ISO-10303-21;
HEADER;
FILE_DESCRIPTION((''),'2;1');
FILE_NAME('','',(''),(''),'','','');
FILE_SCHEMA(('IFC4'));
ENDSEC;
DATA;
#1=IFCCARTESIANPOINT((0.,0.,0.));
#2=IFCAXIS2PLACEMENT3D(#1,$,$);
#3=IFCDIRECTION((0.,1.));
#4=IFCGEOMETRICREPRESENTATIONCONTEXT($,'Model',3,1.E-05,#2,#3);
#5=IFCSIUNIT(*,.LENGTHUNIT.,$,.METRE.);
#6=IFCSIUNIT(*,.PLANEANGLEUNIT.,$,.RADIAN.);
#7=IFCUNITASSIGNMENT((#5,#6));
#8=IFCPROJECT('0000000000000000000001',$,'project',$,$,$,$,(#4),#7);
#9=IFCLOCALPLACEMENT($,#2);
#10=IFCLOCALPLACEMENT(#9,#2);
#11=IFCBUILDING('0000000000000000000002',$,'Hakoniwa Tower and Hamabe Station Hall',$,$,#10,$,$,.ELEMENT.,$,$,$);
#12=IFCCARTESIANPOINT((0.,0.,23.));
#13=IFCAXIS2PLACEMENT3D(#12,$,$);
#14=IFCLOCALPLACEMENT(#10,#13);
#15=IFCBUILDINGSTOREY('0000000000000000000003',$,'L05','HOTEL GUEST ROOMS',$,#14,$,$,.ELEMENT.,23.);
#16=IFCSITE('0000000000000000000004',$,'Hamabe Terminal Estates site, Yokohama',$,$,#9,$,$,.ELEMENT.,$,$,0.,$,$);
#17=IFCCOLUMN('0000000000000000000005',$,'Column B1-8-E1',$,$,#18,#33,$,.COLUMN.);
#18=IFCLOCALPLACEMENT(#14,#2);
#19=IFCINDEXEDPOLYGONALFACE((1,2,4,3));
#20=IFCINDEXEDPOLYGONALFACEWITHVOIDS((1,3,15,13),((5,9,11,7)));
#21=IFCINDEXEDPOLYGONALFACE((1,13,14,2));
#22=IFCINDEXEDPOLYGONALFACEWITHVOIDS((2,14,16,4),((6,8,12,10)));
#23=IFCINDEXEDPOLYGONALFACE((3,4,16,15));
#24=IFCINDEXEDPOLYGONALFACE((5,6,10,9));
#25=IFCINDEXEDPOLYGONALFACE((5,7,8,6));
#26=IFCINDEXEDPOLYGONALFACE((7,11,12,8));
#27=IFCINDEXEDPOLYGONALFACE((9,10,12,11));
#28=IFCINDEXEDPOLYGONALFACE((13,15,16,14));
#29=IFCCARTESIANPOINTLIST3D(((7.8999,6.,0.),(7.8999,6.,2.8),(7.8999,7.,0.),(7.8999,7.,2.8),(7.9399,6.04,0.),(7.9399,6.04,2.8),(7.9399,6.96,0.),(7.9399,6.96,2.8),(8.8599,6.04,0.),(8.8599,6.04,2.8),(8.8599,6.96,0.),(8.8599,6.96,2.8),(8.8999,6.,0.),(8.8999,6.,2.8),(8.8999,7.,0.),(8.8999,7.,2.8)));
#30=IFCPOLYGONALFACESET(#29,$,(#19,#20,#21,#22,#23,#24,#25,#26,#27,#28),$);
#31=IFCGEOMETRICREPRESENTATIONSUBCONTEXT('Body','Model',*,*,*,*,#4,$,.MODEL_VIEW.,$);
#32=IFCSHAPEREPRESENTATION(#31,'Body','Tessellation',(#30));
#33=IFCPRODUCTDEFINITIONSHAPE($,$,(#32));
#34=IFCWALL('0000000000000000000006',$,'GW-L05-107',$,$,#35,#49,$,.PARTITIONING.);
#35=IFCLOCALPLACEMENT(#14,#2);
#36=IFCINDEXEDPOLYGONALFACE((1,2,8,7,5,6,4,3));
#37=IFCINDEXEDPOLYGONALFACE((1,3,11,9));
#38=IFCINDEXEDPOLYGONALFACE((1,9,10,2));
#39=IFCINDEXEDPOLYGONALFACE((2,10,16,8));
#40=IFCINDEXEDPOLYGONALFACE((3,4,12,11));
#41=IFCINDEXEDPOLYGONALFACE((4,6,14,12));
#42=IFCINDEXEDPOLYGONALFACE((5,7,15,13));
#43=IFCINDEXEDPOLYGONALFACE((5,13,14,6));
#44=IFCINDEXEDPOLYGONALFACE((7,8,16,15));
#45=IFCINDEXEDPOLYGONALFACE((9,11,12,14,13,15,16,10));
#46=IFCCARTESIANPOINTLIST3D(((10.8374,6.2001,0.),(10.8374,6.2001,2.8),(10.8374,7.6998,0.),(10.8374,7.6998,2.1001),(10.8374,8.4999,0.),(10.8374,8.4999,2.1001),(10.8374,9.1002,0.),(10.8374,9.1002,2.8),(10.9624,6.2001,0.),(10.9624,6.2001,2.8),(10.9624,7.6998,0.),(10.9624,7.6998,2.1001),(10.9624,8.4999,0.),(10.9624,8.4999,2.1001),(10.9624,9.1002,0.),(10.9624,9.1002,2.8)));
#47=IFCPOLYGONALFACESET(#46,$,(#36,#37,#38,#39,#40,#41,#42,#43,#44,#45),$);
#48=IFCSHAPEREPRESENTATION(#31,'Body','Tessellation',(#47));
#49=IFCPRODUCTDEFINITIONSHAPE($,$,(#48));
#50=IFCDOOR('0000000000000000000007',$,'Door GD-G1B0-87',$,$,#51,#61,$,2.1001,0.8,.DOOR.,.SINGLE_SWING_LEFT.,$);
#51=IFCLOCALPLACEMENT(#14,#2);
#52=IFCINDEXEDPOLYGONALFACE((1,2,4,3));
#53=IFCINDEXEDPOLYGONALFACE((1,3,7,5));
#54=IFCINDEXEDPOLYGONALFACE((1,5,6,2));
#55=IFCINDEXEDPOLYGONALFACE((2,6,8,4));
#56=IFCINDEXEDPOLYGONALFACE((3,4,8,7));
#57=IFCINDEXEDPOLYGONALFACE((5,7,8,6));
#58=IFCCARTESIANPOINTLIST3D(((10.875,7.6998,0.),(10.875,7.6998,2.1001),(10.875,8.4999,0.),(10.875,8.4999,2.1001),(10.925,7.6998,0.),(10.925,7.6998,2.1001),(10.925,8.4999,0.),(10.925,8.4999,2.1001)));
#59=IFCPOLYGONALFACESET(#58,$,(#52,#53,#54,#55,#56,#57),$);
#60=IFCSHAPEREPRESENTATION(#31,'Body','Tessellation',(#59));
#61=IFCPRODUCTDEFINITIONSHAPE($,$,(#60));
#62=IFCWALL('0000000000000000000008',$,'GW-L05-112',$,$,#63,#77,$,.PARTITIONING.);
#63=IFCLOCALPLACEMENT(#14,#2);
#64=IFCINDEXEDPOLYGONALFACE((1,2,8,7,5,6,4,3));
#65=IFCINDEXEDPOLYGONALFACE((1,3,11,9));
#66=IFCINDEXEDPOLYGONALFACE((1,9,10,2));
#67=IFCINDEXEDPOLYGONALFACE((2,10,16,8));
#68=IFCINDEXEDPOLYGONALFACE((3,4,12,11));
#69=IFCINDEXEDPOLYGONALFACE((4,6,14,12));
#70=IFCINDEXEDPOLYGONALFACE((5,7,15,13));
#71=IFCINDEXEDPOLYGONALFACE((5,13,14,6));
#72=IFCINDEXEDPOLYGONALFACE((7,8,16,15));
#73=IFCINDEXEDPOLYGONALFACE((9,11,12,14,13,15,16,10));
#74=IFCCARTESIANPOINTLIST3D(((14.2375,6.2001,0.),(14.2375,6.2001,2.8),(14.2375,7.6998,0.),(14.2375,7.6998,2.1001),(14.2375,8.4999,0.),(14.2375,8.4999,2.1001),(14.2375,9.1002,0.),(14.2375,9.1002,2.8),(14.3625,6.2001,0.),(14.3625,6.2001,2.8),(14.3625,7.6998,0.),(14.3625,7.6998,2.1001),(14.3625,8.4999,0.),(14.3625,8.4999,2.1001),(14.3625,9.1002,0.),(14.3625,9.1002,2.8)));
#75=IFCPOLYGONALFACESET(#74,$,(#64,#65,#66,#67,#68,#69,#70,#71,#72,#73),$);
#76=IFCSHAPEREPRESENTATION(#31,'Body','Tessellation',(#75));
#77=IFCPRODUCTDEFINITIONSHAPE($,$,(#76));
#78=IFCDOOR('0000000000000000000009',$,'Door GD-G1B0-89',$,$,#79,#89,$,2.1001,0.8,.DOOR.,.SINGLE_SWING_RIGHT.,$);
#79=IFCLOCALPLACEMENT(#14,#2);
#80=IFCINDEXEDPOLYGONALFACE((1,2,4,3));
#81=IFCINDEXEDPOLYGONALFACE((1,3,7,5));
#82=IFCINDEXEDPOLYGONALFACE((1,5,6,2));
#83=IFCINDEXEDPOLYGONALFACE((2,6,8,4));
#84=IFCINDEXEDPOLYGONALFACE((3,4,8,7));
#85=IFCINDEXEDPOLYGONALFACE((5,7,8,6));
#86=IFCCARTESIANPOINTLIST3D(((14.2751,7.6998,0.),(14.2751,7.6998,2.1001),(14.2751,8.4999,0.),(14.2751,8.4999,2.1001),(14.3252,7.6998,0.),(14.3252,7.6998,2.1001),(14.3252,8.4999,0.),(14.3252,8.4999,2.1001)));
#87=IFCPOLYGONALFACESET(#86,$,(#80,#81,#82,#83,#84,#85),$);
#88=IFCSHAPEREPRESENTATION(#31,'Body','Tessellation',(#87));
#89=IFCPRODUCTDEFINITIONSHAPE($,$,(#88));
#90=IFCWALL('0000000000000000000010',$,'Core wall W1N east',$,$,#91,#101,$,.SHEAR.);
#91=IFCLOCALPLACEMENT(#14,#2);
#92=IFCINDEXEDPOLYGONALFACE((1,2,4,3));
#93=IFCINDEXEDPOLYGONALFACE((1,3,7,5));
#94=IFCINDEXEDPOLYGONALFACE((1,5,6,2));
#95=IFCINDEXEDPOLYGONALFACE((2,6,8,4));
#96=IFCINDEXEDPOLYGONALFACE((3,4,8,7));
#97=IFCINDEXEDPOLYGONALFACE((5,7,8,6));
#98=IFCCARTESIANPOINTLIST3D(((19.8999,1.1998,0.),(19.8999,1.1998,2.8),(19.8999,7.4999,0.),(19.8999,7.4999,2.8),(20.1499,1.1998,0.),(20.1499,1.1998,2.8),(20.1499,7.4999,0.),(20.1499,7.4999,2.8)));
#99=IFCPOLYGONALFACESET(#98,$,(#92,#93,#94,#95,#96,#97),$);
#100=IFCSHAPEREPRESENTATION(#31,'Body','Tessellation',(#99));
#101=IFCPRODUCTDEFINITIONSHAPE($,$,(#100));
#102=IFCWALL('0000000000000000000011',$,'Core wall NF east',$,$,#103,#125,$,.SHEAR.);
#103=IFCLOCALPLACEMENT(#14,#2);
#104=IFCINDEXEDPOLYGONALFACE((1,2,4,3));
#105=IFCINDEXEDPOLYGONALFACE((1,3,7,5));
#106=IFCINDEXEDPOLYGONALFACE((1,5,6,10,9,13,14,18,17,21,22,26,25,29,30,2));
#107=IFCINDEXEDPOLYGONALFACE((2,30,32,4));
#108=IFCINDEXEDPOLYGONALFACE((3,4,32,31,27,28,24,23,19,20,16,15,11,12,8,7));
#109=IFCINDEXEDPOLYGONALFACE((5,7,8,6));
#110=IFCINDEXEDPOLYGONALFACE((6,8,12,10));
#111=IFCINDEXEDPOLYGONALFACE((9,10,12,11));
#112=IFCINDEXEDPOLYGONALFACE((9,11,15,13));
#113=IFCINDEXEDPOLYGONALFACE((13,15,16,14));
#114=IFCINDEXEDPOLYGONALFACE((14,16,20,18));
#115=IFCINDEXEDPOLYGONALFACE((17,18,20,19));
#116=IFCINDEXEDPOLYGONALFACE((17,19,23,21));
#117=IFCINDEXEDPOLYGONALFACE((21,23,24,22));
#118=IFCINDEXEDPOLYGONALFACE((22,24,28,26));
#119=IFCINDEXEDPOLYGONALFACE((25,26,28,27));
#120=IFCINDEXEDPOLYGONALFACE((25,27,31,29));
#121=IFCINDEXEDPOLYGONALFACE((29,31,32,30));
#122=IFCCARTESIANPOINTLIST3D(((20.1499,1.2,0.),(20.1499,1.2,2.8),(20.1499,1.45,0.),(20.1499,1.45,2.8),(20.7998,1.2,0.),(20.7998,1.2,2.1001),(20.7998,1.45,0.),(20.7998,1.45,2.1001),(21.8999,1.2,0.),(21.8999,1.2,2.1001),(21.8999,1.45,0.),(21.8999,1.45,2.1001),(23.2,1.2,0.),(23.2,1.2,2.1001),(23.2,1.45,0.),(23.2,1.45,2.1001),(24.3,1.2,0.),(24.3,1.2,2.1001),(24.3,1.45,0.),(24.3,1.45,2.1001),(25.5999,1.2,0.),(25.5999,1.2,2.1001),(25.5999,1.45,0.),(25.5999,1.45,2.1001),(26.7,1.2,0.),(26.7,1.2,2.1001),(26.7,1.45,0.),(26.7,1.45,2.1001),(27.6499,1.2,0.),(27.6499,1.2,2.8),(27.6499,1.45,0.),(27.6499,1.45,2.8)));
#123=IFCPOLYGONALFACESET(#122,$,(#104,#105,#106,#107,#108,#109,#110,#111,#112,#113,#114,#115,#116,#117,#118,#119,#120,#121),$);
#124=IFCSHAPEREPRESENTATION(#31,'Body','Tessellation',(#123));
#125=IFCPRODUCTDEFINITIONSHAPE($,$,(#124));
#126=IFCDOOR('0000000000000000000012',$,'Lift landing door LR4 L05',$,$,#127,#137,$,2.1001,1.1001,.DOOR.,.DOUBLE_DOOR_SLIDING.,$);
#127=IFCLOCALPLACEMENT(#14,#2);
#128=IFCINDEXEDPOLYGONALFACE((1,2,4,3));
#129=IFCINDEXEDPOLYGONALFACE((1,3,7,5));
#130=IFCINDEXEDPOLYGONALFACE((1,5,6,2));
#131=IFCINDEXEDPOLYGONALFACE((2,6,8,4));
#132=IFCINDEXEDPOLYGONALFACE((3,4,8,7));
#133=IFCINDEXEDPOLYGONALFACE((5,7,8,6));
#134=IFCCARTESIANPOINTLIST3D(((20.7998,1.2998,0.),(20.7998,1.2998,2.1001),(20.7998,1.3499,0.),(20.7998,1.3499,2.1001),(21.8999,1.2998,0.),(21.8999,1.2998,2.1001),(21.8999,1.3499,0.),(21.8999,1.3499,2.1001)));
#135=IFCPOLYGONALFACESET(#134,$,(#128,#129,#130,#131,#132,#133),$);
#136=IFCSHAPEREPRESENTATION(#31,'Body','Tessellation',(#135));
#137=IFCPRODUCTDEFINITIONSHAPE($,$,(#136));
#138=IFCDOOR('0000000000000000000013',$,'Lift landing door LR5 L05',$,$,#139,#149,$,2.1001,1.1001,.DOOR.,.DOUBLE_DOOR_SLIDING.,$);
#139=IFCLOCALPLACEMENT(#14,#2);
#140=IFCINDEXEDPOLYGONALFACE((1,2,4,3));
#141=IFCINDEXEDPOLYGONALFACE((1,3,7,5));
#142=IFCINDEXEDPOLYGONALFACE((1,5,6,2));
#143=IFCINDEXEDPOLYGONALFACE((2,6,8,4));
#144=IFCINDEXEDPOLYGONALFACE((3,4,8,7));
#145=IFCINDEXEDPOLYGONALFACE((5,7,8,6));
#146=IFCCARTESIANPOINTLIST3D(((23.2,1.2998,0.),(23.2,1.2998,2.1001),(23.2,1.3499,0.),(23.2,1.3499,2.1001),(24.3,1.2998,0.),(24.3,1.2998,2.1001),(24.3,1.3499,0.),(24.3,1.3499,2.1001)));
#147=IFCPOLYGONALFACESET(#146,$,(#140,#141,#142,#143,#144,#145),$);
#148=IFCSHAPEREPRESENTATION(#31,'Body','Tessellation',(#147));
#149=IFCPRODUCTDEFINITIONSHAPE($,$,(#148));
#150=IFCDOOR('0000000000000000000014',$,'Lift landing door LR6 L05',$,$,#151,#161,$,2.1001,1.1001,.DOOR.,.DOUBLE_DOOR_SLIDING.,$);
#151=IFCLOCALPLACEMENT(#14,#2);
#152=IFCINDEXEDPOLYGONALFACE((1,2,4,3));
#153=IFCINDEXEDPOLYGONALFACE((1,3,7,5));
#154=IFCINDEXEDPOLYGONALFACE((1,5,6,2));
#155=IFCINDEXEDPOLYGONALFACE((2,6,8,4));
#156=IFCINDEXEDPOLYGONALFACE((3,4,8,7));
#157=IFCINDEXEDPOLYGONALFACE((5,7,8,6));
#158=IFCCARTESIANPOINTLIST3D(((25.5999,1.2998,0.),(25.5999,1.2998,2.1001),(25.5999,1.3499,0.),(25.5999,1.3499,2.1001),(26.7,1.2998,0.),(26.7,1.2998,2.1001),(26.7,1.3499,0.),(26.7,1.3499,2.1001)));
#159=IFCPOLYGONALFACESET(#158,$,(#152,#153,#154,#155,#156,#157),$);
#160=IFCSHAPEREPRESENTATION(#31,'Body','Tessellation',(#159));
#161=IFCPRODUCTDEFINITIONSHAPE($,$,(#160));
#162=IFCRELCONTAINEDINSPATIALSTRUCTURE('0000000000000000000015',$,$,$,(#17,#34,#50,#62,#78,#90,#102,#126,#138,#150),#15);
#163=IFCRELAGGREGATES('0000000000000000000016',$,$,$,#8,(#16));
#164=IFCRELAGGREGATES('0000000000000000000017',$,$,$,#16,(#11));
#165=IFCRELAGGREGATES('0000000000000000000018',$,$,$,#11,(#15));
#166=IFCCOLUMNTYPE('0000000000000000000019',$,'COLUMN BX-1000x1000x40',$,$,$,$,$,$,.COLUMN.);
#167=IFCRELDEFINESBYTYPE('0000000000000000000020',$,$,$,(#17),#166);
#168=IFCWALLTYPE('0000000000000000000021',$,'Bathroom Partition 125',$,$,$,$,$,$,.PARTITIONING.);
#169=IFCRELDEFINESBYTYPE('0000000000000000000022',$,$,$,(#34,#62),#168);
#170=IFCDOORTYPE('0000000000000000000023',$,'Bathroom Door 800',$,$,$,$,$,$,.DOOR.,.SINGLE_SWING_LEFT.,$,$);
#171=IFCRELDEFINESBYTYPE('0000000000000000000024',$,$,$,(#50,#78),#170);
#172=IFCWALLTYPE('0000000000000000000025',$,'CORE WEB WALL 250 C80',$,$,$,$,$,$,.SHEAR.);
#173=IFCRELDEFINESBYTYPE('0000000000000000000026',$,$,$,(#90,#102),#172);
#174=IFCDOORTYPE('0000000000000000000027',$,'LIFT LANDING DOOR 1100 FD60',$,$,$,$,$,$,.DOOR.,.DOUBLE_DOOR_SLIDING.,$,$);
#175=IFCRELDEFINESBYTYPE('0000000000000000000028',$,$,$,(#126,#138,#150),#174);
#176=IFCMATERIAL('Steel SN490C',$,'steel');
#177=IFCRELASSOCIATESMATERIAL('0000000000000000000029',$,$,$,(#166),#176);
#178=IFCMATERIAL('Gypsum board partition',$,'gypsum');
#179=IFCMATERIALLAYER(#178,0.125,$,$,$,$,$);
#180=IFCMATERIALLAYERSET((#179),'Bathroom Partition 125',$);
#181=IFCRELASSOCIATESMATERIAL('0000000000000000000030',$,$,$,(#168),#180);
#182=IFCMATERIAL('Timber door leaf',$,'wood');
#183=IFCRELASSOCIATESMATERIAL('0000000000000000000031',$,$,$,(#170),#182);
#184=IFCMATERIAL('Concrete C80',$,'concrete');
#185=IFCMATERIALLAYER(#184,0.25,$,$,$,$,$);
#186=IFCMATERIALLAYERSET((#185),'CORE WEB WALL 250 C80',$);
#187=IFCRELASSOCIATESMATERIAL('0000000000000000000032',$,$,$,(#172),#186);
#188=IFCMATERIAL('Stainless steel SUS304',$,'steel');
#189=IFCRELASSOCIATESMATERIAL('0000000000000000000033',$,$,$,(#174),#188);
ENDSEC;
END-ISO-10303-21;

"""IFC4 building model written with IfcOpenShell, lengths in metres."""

from ifc_helpers import new_model, si_unit, direction, frame, frame_2d, origin, origin_2d, place, context, subcontext, project, spatial, rectangle, hollow_rectangle, extrude, material, layer, layer_set, material_profile, profile_set, type_object, element, fill, save


model = new_model("IFC4")

# Units and contexts
model_context = context("Model", 3, precision=1e-05, world=origin(), true_north=direction((0.0, 1.0)))
body_context = subcontext(model_context, "Body", "Model", "MODEL_VIEW")
ifc_project = project(units=[si_unit("LENGTHUNIT", "METRE"), si_unit("PLANEANGLEUNIT", "RADIAN")], contexts=[model_context])

# Site, building, storey
site_placement = place(None, origin())
site = spatial("IfcSite", under=ifc_project, at=site_placement, Name="Hamabe Terminal Estates site, Yokohama", CompositionType="ELEMENT", RefElevation=0.0)
building_placement = place(site_placement, origin())
building = spatial("IfcBuilding", under=site, at=building_placement, Name="Hakoniwa Tower and Hamabe Station Hall", CompositionType="ELEMENT")
storey_placement = place(building_placement, frame((0.0, 0.0, 23.0)))
storey = spatial("IfcBuildingStorey", under=building, at=storey_placement, Name="L05", Description="HOTEL GUEST ROOMS", CompositionType="ELEMENT", Elevation=23.0)

# Column
ifc_material_1 = material(Name="Steel SN490C", Category="steel")
ifc_material_profile = material_profile(ifc_material_1, hollow_rectangle(XDim=1.0, YDim=1.0, WallThickness=0.04, at=origin_2d()), Name="BX-1000x1000x40")
ifc_profile_set = profile_set([ifc_material_profile], Name="Steel SN490C")
column_type = type_object("IfcColumnType", Name="COLUMN BX-1000x1000x40", PredefinedType="COLUMN", material=ifc_profile_set)
column_placement = place(storey_placement, frame((8.3999, 6.5, 0.0), z_axis=(0.0, 0.0, 1.0), x_axis=(1.0, 0.0, 0.0)))
element("IfcColumn", 1, at=column_placement, inside=storey, type_object=column_type, Name="Column B1-8-E1", PredefinedType="COLUMN", context=body_context, shape_type="SweptSolid", body=[
    extrude(hollow_rectangle(XDim=1.0, YDim=1.0, WallThickness=0.04, at=origin_2d()), origin(), (0.0, 0.0, 1.0), 2.8),
])

# Walls, openings, doors
ifc_material_2 = material(Name="Gypsum board partition", Category="gypsum")
ifc_layer_1 = layer(ifc_material_2, 0.125)
ifc_layer_set_1 = layer_set([ifc_layer_1], Name="Bathroom Partition 125")
wall_type_1 = type_object("IfcWallType", Name="Bathroom Partition 125", PredefinedType="PARTITIONING", material=ifc_layer_set_1)
wall_1_placement = place(storey_placement, frame((10.8999, 6.2, 0.0), z_axis=(0.0, 0.0, 1.0), x_axis=(0.0, 1.0, 0.0)))
wall_1 = element("IfcWall", 2, at=wall_1_placement, inside=storey, type_object=wall_type_1, Name="GW-L05-107", PredefinedType="PARTITIONING", context=body_context, shape_type="SweptSolid", body=[
    extrude(rectangle(XDim=2.9001, YDim=0.125, at=frame_2d((1.4502, 0.0))), origin(), (0.0, 0.0, 1.0), 2.8),
])
opening_1_placement = place(wall_1_placement, frame((1.5, 0.0, 0.0)))
opening_1 = element("IfcOpeningElement", 3, at=opening_1_placement, cuts=wall_1, PredefinedType="OPENING", context=body_context, shape_type="SweptSolid", body=[
    extrude(rectangle(XDim=0.8, YDim=2.1001, at=frame_2d((0.3999, 1.05))), frame((0.0, 0.0725, 0.0), z_axis=(0.0, -1.0, 0.0), x_axis=(1.0, 0.0, 0.0)), (0.0, 0.0, 1.0), 0.145),
])
ifc_material_3 = material(Name="Timber door leaf", Category="wood")
door_type_1 = type_object("IfcDoorType", Name="Bathroom Door 800", OperationType="SINGLE_SWING_LEFT", PredefinedType="DOOR", material=ifc_material_3)
door_1_placement = place(opening_1_placement, origin())
door_1 = element("IfcDoor", 4, at=door_1_placement, inside=storey, type_object=door_type_1, Name="Door GD-G1B0-87", OperationType="SINGLE_SWING_LEFT", OverallHeight=2.1001, OverallWidth=0.8, PredefinedType="DOOR", context=body_context, shape_type="SweptSolid", body=[
    extrude(rectangle(XDim=0.8, YDim=2.1001, at=frame_2d((0.3999, 1.05))), frame((0.0, 0.0249, 0.0), z_axis=(0.0, -1.0, 0.0), x_axis=(1.0, 0.0, 0.0)), (0.0, 0.0, 1.0), 0.05),
])
fill(opening_1, door_1)
wall_2_placement = place(storey_placement, frame((14.3, 6.2, 0.0), z_axis=(0.0, 0.0, 1.0), x_axis=(0.0, 1.0, 0.0)))
wall_2 = element("IfcWall", 5, at=wall_2_placement, inside=storey, type_object=wall_type_1, Name="GW-L05-112", PredefinedType="PARTITIONING", context=body_context, shape_type="SweptSolid", body=[
    extrude(rectangle(XDim=2.9001, YDim=0.125, at=frame_2d((1.4502, 0.0))), origin(), (0.0, 0.0, 1.0), 2.8),
])
opening_2_placement = place(wall_2_placement, frame((1.5, 0.0, 0.0)))
opening_2 = element("IfcOpeningElement", 6, at=opening_2_placement, cuts=wall_2, PredefinedType="OPENING", context=body_context, shape_type="SweptSolid", body=[
    extrude(rectangle(XDim=0.8, YDim=2.1001, at=frame_2d((0.3999, 1.05))), frame((0.0, 0.0725, 0.0), z_axis=(0.0, -1.0, 0.0), x_axis=(1.0, 0.0, 0.0)), (0.0, 0.0, 1.0), 0.145),
])
door_2_placement = place(opening_2_placement, origin())
door_2 = element("IfcDoor", 7, at=door_2_placement, inside=storey, type_object=door_type_1, Name="Door GD-G1B0-89", OperationType="SINGLE_SWING_RIGHT", OverallHeight=2.1001, OverallWidth=0.8, PredefinedType="DOOR", context=body_context, shape_type="SweptSolid", body=[
    extrude(rectangle(XDim=0.8, YDim=2.1001, at=frame_2d((0.3999, 1.05))), frame((0.0, 0.0249, 0.0), z_axis=(0.0, -1.0, 0.0), x_axis=(1.0, 0.0, 0.0)), (0.0, 0.0, 1.0), 0.05),
])
fill(opening_2, door_2)

# Wall
ifc_material_4 = material(Name="Concrete C80", Category="concrete")
ifc_layer_2 = layer(ifc_material_4, 0.25)
ifc_layer_set_2 = layer_set([ifc_layer_2], Name="CORE WEB WALL 250 C80")
wall_type_2 = type_object("IfcWallType", Name="CORE WEB WALL 250 C80", PredefinedType="SHEAR", material=ifc_layer_set_2)
wall_3_placement = place(storey_placement, frame((20.0249, 1.2, 0.0), z_axis=(0.0, 0.0, 1.0), x_axis=(0.0, 1.0, 0.0)))
element("IfcWall", 8, at=wall_3_placement, inside=storey, type_object=wall_type_2, Name="Core wall W1N east", PredefinedType="SHEAR", context=body_context, shape_type="SweptSolid", body=[
    extrude(rectangle(XDim=6.3, YDim=0.25, at=frame_2d((3.1499, 0.0))), origin(), (0.0, 0.0, 1.0), 2.8),
])

# Wall, openings, doors
wall_4_placement = place(storey_placement, frame((20.1499, 1.325, 0.0), z_axis=(0.0, 0.0, 1.0), x_axis=(1.0, 0.0, 0.0)))
wall_4 = element("IfcWall", 9, at=wall_4_placement, inside=storey, type_object=wall_type_2, Name="Core wall NF east", PredefinedType="SHEAR", context=body_context, shape_type="SweptSolid", body=[
    extrude(rectangle(XDim=7.5, YDim=0.25, at=frame_2d((3.75, 0.0))), origin(), (0.0, 0.0, 1.0), 2.8),
])
opening_3_placement = place(wall_4_placement, frame((0.6499, 0.0, 0.0)))
opening_3 = element("IfcOpeningElement", 10, at=opening_3_placement, cuts=wall_4, PredefinedType="OPENING", context=body_context, shape_type="SweptSolid", body=[
    extrude(rectangle(XDim=1.1001, YDim=2.1001, at=frame_2d((0.55, 1.05))), frame((0.0, 0.135, 0.0), z_axis=(0.0, -1.0, 0.0), x_axis=(1.0, 0.0, 0.0)), (0.0, 0.0, 1.0), 0.27),
])
opening_4_placement = place(wall_4_placement, frame((3.05, 0.0, 0.0)))
opening_4 = element("IfcOpeningElement", 11, at=opening_4_placement, cuts=wall_4, PredefinedType="OPENING", context=body_context, shape_type="SweptSolid", body=[
    extrude(rectangle(XDim=1.1001, YDim=2.1001, at=frame_2d((0.55, 1.05))), frame((0.0, 0.135, 0.0), z_axis=(0.0, -1.0, 0.0), x_axis=(1.0, 0.0, 0.0)), (0.0, 0.0, 1.0), 0.27),
])
opening_5_placement = place(wall_4_placement, frame((5.45, 0.0, 0.0)))
opening_5 = element("IfcOpeningElement", 12, at=opening_5_placement, cuts=wall_4, PredefinedType="OPENING", context=body_context, shape_type="SweptSolid", body=[
    extrude(rectangle(XDim=1.1001, YDim=2.1001, at=frame_2d((0.55, 1.05))), frame((0.0, 0.135, 0.0), z_axis=(0.0, -1.0, 0.0), x_axis=(1.0, 0.0, 0.0)), (0.0, 0.0, 1.0), 0.27),
])
ifc_material_5 = material(Name="Stainless steel SUS304", Category="steel")
door_type_2 = type_object("IfcDoorType", Name="LIFT LANDING DOOR 1100 FD60", OperationType="DOUBLE_DOOR_SLIDING", PredefinedType="DOOR", material=ifc_material_5)
door_3_placement = place(opening_3_placement, origin())
door_3 = element("IfcDoor", 13, at=door_3_placement, inside=storey, type_object=door_type_2, Name="Lift landing door LR4 L05", OperationType="DOUBLE_DOOR_SLIDING", OverallHeight=2.1001, OverallWidth=1.1001, PredefinedType="DOOR", context=body_context, shape_type="SweptSolid", body=[
    extrude(rectangle(XDim=1.1001, YDim=2.1001, at=frame_2d((0.55, 1.05))), frame((0.0, 0.0249, 0.0), z_axis=(0.0, -1.0, 0.0), x_axis=(1.0, 0.0, 0.0)), (0.0, 0.0, 1.0), 0.05),
])
fill(opening_3, door_3)
door_4_placement = place(opening_4_placement, origin())
door_4 = element("IfcDoor", 14, at=door_4_placement, inside=storey, type_object=door_type_2, Name="Lift landing door LR5 L05", OperationType="DOUBLE_DOOR_SLIDING", OverallHeight=2.1001, OverallWidth=1.1001, PredefinedType="DOOR", context=body_context, shape_type="SweptSolid", body=[
    extrude(rectangle(XDim=1.1001, YDim=2.1001, at=frame_2d((0.55, 1.05))), frame((0.0, 0.0249, 0.0), z_axis=(0.0, -1.0, 0.0), x_axis=(1.0, 0.0, 0.0)), (0.0, 0.0, 1.0), 0.05),
])
fill(opening_4, door_4)
door_5_placement = place(opening_5_placement, origin())
door_5 = element("IfcDoor", 15, at=door_5_placement, inside=storey, type_object=door_type_2, Name="Lift landing door LR6 L05", OperationType="DOUBLE_DOOR_SLIDING", OverallHeight=2.1001, OverallWidth=1.1001, PredefinedType="DOOR", context=body_context, shape_type="SweptSolid", body=[
    extrude(rectangle(XDim=1.1001, YDim=2.1001, at=frame_2d((0.55, 1.05))), frame((0.0, 0.0249, 0.0), z_axis=(0.0, -1.0, 0.0), x_axis=(1.0, 0.0, 0.0)), (0.0, 0.0, 1.0), 0.05),
])
fill(opening_5, door_5)

save(model, "model.ifc")
